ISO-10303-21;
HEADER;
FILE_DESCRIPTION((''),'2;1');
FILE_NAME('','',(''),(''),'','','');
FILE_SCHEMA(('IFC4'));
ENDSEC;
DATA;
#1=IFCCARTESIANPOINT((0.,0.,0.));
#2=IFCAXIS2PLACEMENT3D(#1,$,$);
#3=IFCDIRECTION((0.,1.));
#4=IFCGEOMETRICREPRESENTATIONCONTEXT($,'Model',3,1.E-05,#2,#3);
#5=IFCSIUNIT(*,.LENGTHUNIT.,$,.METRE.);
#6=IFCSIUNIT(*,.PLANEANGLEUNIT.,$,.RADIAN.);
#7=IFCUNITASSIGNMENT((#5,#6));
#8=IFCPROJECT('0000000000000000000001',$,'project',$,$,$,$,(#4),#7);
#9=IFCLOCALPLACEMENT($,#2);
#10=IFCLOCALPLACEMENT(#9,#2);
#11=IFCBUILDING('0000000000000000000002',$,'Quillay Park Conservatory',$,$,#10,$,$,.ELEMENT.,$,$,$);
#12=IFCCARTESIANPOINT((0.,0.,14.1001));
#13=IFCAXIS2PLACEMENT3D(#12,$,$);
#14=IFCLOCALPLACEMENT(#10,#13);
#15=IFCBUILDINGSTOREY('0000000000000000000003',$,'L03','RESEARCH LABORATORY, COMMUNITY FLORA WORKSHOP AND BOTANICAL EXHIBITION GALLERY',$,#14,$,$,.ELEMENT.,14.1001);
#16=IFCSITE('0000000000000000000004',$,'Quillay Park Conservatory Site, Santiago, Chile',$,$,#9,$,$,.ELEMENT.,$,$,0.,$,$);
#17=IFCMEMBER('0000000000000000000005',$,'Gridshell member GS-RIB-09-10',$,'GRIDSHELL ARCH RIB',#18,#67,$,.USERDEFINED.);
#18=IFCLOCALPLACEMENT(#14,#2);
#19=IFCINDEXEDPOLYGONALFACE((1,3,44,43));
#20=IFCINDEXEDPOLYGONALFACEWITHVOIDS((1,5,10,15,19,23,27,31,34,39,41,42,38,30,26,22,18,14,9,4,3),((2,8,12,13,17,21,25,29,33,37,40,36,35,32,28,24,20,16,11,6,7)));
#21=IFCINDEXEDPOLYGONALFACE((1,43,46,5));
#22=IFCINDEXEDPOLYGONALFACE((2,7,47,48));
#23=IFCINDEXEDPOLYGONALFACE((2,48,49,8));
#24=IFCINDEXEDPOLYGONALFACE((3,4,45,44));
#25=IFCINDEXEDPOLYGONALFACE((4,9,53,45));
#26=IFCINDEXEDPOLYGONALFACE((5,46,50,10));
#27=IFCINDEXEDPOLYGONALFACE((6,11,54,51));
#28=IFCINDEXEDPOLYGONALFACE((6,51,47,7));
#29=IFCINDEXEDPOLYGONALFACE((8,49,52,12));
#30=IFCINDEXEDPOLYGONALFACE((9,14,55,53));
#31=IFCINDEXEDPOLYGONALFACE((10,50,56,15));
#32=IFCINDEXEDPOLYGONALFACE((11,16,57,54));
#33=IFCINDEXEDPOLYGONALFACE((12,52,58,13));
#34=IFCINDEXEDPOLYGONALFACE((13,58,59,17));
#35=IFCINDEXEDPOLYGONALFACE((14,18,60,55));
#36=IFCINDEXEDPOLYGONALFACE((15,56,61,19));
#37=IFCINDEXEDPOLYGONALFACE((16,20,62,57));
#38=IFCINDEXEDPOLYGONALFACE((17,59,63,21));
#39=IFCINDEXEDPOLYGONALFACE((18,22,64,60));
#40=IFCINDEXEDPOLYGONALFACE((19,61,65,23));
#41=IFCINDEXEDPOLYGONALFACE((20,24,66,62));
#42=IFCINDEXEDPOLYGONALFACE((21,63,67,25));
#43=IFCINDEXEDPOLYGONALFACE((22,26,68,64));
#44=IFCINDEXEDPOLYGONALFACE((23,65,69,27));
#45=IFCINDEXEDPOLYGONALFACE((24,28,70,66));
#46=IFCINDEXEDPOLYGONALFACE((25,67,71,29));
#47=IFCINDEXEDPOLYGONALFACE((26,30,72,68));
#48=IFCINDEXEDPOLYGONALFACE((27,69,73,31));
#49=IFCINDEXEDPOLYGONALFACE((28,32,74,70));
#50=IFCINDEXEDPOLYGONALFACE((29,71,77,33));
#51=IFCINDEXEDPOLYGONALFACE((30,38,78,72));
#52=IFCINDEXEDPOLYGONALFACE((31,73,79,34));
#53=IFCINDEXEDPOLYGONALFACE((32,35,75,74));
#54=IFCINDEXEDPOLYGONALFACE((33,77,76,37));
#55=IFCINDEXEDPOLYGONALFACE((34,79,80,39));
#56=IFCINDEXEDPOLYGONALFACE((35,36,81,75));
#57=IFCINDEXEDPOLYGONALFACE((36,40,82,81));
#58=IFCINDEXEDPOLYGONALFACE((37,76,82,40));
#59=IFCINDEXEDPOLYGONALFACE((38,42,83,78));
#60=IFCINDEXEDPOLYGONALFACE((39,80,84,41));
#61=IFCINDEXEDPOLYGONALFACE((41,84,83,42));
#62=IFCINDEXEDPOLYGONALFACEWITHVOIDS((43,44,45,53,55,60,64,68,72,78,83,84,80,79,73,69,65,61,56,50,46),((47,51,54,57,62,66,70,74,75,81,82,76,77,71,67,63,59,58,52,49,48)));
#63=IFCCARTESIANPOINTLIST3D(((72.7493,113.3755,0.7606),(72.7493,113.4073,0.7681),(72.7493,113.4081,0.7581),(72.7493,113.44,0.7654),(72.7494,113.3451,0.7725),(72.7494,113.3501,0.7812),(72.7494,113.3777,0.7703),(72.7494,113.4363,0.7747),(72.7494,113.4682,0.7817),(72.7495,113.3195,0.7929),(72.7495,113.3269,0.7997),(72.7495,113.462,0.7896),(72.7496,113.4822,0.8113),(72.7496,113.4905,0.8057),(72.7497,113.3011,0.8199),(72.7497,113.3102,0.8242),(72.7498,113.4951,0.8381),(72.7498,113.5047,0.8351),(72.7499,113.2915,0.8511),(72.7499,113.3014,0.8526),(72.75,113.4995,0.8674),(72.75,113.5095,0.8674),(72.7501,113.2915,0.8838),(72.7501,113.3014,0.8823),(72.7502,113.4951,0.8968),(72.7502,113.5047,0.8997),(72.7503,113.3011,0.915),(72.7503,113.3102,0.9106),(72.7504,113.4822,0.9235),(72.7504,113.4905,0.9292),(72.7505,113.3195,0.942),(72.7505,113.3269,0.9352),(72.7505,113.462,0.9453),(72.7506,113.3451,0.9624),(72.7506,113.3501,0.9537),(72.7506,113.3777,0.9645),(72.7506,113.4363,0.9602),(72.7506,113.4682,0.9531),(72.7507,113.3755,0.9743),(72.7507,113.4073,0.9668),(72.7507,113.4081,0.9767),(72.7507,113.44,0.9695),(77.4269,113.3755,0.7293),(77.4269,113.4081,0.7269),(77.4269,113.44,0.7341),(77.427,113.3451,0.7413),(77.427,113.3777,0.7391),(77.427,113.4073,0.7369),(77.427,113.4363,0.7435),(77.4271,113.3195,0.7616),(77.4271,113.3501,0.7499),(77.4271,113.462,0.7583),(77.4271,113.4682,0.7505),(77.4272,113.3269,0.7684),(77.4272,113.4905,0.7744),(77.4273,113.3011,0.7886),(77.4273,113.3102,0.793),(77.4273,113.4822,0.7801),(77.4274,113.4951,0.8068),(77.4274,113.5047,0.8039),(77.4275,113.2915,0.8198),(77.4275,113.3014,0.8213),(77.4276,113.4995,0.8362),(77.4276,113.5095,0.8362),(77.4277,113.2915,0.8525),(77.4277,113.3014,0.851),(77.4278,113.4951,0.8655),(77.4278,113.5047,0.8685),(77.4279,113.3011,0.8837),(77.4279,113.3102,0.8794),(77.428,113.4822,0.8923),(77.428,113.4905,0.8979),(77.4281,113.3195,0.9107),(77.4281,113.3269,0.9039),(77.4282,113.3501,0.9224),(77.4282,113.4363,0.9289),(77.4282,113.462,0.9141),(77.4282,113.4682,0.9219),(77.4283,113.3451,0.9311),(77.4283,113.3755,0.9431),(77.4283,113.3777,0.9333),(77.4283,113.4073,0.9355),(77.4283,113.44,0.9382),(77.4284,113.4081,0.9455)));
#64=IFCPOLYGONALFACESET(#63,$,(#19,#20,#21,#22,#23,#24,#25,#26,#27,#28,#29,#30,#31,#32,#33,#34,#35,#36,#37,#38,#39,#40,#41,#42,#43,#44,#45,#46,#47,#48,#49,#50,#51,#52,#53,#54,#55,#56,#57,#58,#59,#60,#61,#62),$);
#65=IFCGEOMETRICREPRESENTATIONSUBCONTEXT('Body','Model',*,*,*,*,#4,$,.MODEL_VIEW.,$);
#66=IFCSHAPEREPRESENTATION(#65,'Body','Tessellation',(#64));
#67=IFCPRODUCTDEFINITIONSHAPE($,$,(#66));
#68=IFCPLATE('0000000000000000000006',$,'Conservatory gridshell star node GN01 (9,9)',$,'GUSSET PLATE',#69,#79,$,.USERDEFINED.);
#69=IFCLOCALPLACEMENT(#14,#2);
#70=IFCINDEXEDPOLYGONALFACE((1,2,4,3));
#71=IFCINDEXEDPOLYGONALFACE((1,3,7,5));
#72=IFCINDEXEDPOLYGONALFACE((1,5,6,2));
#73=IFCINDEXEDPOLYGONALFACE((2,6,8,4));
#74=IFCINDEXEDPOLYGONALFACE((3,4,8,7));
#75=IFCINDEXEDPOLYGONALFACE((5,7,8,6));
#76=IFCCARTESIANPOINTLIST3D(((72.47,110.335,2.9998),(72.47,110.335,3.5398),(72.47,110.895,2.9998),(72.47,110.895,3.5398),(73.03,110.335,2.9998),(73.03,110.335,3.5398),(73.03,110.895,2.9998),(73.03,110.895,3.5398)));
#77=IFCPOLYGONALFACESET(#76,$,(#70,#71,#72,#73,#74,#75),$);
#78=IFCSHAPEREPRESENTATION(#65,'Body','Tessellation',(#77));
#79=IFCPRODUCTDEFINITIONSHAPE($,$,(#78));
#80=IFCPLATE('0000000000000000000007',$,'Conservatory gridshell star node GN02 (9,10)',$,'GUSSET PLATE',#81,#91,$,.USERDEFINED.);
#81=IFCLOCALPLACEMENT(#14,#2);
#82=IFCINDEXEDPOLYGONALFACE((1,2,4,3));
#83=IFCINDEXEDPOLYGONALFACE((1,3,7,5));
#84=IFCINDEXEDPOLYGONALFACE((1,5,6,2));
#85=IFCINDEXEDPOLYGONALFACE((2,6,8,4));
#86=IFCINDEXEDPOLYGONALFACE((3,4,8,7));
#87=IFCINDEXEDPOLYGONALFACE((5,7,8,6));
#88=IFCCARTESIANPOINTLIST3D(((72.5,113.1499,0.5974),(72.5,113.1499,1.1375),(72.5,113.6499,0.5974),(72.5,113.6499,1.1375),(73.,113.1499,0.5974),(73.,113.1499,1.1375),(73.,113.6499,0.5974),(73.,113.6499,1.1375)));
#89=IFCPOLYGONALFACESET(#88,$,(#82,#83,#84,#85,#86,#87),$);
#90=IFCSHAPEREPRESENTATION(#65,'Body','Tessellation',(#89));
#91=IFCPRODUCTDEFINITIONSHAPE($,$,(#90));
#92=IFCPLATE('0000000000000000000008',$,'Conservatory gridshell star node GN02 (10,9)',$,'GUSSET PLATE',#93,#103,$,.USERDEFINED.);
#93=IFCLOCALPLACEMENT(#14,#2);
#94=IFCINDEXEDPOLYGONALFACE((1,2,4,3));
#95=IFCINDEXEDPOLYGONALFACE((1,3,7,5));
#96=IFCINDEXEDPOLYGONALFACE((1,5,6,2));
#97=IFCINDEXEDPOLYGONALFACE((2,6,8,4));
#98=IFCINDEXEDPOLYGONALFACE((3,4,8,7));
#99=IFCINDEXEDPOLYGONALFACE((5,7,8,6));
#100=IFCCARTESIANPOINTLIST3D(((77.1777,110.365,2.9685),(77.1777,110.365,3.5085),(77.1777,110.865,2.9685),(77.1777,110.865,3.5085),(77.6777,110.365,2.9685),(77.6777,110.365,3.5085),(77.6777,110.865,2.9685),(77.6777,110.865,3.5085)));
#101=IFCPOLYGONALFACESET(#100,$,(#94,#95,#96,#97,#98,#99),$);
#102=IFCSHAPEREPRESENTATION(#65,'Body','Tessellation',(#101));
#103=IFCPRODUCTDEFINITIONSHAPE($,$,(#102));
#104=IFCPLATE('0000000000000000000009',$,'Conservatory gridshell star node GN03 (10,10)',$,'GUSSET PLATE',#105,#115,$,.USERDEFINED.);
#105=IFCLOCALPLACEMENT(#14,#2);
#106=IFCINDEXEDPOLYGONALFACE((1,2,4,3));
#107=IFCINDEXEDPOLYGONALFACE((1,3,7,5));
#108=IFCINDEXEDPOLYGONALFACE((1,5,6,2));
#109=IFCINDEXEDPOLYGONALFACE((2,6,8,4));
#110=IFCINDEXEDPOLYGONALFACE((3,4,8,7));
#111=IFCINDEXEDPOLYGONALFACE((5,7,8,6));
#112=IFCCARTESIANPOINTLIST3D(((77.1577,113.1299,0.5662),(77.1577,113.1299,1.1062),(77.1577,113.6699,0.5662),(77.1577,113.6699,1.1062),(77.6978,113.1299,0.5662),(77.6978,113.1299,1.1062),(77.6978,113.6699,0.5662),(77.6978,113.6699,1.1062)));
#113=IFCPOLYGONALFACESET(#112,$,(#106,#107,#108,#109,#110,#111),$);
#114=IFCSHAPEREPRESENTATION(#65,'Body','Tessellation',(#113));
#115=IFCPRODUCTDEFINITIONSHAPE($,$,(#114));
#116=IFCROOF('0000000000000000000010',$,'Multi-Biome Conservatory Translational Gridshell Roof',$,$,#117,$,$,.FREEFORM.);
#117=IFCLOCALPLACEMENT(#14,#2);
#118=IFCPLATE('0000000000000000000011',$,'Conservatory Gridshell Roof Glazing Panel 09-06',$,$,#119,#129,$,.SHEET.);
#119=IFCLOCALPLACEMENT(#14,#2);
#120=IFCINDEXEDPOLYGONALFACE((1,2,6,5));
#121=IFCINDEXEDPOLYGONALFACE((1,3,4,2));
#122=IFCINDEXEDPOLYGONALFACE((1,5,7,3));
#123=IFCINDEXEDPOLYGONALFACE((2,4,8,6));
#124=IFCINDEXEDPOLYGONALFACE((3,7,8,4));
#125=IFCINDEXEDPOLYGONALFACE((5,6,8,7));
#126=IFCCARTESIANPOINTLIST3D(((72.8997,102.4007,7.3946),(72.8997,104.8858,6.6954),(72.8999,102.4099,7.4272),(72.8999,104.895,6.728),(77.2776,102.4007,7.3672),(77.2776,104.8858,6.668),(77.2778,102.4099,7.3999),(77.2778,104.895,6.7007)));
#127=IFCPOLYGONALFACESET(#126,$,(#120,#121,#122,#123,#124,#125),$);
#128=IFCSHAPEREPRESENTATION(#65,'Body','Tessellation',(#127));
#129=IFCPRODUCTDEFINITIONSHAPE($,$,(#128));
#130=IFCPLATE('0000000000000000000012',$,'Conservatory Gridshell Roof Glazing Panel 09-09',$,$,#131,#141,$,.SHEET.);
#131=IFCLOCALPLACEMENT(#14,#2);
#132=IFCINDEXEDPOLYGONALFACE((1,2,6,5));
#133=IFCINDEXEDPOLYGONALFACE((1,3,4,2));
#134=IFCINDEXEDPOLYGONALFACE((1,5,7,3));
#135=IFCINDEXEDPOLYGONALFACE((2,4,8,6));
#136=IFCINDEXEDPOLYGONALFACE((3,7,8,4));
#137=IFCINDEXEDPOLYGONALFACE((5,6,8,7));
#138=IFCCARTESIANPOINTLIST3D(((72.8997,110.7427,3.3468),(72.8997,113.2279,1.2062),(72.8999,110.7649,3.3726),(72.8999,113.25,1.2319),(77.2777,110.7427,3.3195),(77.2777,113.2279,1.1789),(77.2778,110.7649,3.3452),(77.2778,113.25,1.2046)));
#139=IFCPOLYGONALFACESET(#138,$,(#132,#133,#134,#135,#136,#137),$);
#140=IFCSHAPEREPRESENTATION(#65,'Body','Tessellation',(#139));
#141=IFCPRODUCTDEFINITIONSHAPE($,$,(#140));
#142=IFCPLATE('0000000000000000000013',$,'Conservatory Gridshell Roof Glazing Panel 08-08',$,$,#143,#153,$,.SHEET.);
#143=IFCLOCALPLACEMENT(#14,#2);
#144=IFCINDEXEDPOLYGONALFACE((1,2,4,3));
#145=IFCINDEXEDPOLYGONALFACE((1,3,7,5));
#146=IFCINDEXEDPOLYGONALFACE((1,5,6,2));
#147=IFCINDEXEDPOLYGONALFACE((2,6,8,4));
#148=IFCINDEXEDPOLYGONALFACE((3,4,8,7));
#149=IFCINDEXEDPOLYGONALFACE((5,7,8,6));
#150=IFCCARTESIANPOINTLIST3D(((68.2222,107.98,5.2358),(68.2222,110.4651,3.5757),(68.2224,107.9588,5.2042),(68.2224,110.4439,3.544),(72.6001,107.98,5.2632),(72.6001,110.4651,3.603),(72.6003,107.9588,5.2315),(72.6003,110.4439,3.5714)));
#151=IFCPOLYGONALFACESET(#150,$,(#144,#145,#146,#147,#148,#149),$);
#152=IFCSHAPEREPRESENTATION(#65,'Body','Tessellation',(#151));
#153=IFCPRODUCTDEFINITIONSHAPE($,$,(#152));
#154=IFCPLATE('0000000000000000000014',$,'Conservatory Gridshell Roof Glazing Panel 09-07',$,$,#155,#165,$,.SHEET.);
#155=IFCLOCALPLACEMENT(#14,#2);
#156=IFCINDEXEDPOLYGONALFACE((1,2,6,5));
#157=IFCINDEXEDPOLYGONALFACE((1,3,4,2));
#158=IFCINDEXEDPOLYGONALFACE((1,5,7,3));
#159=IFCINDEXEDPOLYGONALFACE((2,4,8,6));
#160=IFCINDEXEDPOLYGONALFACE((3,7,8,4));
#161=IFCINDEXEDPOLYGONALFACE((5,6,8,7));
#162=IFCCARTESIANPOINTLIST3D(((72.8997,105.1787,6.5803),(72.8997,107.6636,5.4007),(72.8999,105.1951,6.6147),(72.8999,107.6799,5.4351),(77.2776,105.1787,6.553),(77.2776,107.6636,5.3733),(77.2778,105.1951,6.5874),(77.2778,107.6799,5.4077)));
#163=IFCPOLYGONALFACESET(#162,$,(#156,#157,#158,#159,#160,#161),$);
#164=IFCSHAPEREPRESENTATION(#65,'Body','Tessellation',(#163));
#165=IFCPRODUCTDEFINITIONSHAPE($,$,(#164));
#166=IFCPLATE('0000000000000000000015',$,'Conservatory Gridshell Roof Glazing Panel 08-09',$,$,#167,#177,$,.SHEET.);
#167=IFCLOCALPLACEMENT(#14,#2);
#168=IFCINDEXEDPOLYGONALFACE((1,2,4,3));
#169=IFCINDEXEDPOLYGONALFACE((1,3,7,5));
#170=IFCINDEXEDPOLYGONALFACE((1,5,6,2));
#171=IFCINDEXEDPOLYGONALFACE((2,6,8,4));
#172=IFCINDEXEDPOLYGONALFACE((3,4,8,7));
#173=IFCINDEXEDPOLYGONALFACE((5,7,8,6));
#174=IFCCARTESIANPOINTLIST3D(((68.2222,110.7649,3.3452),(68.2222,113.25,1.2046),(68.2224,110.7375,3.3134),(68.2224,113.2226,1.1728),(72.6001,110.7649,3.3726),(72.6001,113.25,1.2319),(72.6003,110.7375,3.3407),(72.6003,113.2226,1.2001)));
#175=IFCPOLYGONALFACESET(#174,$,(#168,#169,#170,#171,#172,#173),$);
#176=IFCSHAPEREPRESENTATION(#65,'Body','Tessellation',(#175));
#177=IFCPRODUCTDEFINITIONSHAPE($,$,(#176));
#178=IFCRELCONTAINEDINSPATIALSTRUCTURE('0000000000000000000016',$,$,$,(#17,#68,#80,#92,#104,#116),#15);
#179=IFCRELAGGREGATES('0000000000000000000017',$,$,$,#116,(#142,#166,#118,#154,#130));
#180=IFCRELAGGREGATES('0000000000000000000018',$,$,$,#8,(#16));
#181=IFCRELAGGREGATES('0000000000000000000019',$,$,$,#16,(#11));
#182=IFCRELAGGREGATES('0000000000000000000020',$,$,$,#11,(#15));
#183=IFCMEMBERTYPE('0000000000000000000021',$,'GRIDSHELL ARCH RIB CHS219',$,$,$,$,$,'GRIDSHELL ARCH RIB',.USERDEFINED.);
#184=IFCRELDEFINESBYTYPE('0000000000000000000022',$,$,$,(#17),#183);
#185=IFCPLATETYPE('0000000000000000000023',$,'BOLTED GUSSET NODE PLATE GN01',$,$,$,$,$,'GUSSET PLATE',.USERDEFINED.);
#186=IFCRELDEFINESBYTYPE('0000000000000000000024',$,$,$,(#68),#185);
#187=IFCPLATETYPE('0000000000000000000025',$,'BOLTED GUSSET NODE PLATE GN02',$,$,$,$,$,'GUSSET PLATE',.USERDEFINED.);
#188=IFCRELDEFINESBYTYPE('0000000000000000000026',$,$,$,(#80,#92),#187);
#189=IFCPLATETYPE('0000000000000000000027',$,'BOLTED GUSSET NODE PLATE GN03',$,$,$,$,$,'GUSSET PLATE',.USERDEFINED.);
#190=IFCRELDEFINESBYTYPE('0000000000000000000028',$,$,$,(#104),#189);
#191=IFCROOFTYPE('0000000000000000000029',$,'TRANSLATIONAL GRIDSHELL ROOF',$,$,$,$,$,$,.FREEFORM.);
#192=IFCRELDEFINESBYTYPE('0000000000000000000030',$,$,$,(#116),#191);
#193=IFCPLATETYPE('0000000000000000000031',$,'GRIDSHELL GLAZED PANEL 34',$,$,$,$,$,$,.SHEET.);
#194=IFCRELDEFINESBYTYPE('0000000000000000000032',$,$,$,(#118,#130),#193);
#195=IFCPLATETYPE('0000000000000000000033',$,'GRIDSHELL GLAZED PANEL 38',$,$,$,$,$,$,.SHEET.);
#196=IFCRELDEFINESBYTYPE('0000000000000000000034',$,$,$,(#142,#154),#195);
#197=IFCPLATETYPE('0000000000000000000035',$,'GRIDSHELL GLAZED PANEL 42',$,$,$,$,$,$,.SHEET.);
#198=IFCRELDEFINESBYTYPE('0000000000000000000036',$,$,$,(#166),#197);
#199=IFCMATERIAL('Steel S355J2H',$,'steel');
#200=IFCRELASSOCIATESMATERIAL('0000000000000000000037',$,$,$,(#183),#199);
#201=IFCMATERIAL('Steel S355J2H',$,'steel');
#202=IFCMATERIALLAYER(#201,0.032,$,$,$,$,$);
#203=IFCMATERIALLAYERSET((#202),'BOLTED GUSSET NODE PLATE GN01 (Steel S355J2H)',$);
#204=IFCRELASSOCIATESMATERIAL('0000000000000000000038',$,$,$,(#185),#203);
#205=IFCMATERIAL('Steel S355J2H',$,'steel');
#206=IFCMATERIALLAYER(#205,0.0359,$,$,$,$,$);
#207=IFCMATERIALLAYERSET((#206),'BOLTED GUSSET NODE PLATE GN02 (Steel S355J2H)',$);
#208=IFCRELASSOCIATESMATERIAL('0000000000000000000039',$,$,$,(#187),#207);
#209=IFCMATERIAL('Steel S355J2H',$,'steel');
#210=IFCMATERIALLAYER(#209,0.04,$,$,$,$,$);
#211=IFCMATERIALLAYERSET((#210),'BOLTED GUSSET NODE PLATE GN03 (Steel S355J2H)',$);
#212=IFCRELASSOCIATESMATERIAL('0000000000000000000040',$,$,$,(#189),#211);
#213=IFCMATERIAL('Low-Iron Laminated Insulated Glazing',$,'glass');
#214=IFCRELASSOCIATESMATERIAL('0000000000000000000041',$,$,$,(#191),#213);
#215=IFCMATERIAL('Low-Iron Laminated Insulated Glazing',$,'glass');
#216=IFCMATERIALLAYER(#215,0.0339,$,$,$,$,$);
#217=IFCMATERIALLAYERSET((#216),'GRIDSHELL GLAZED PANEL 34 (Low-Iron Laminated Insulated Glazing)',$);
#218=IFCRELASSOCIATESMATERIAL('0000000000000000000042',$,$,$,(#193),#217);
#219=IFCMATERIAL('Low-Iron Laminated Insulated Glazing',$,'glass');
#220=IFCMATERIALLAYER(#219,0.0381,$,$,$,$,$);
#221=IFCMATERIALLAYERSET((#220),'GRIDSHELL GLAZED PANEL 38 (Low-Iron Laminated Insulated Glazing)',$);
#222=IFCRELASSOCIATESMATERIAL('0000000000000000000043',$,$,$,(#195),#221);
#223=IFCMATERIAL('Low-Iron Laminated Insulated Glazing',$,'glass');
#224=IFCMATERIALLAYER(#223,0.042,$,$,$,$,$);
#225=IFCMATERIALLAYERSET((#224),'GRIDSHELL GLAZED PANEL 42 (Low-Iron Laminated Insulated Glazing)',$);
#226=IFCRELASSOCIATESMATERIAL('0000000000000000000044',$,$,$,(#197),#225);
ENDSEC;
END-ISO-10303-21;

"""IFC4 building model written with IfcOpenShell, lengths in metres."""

from ifc_helpers import new_model, si_unit, direction, frame, origin, origin_2d, place, context, subcontext, project, spatial, polyline, rectangle, hollow_circle, outline, extrude, material, layer, layer_set, material_profile, profile_set, type_object, element, aggregate, save


model = new_model("IFC4")

# Units and contexts
model_context = context("Model", 3, precision=1e-05, world=origin(), true_north=direction((0.0, 1.0)))
body_context = subcontext(model_context, "Body", "Model", "MODEL_VIEW")
ifc_project = project(units=[si_unit("LENGTHUNIT", "METRE"), si_unit("PLANEANGLEUNIT", "RADIAN")], contexts=[model_context])

# Site, building, storey
site_placement = place(None, origin())
site = spatial("IfcSite", under=ifc_project, at=site_placement, Name="Quillay Park Conservatory Site, Santiago, Chile", CompositionType="ELEMENT", RefElevation=0.0)
building_placement = place(site_placement, origin())
building = spatial("IfcBuilding", under=site, at=building_placement, Name="Quillay Park Conservatory", CompositionType="ELEMENT")
storey_placement = place(building_placement, frame((0.0, 0.0, 14.1001)))
storey = spatial("IfcBuildingStorey", under=building, at=storey_placement, Name="L03", Description="RESEARCH LABORATORY, COMMUNITY FLORA WORKSHOP AND BOTANICAL EXHIBITION GALLERY", CompositionType="ELEMENT", Elevation=14.1001)

# Member
ifc_material_1 = material(Name="Steel S355J2H", Category="steel")
ifc_material_profile_1 = material_profile(ifc_material_1, hollow_circle(Radius=0.1096, WallThickness=0.01, at=origin_2d()), Name="CHS219.1x10")
ifc_profile_set_1 = profile_set([ifc_material_profile_1], Name="Steel S355J2H")
member_type = type_object("IfcMemberType", Name="GRIDSHELL ARCH RIB CHS219", ElementType="GRIDSHELL ARCH RIB", PredefinedType="USERDEFINED", material=ifc_profile_set_1)
member_1_placement = place(storey_placement, frame((72.75, 113.3999, 0.8674), z_axis=(0.999978, 0.0, -0.00668), x_axis=(0.0, 1.0, 0.0)))
element("IfcMember", 1, at=member_1_placement, inside=storey, type_object=member_type, Name="Gridshell member GS-RIB-09-10", ObjectType="GRIDSHELL ARCH RIB", PredefinedType="USERDEFINED", context=body_context, shape_type="SweptSolid", body=[
    extrude(hollow_circle(Radius=0.1096, WallThickness=0.01, at=origin_2d()), origin(), (0.0, 0.0, 1.0), 4.6777),
])

# Plates
ifc_material_2 = material(Name="Steel S355J2H", Category="steel")
ifc_layer_1 = layer(ifc_material_2, 0.032)
ifc_layer_set_1 = layer_set([ifc_layer_1], Name="BOLTED GUSSET NODE PLATE GN01 (Steel S355J2H)")
plate_type_1 = type_object("IfcPlateType", Name="BOLTED GUSSET NODE PLATE GN01", ElementType="GUSSET PLATE", PredefinedType="USERDEFINED", material=ifc_layer_set_1)
plate_1_placement = place(storey_placement, frame((72.75, 110.615, 2.9998), z_axis=(0.0, 0.0, 1.0), x_axis=(1.0, 0.0, 0.0)))
element("IfcPlate", 2, at=plate_1_placement, inside=storey, type_object=plate_type_1, Name="Conservatory gridshell star node GN01 (9,9)", ObjectType="GUSSET PLATE", PredefinedType="USERDEFINED", context=body_context, shape_type="SweptSolid", body=[
    extrude(rectangle(XDim=0.5601, YDim=0.5601, at=origin_2d()), origin(), (0.0, 0.0, 1.0), 0.54),
])
ifc_material_3 = material(Name="Steel S355J2H", Category="steel")
ifc_layer_2 = layer(ifc_material_3, 0.0359)
ifc_layer_set_2 = layer_set([ifc_layer_2], Name="BOLTED GUSSET NODE PLATE GN02 (Steel S355J2H)")
plate_type_2 = type_object("IfcPlateType", Name="BOLTED GUSSET NODE PLATE GN02", ElementType="GUSSET PLATE", PredefinedType="USERDEFINED", material=ifc_layer_set_2)
for number, where, z_axis, x_axis, name in (
    (3, (72.75, 113.3999, 0.5974), (0.0, 0.0, 1.0), (1.0, 0.0, 0.0), "Conservatory gridshell star node GN02 (9,10)"),
    (4, (77.4277, 110.615, 2.9685), (0.0, 0.0, 1.0), (1.0, 0.0, 0.0), "Conservatory gridshell star node GN02 (10,9)"),
):
    element("IfcPlate", number, at=place(storey_placement, frame(where, z_axis=z_axis, x_axis=x_axis)), inside=storey, type_object=plate_type_2, Name=name, ObjectType="GUSSET PLATE", PredefinedType="USERDEFINED", context=body_context, shape_type="SweptSolid", body=[
        extrude(rectangle(XDim=0.5, YDim=0.5, at=origin_2d()), origin(), (0.0, 0.0, 1.0), 0.54),
    ])
ifc_material_4 = material(Name="Steel S355J2H", Category="steel")
ifc_layer_3 = layer(ifc_material_4, 0.04)
ifc_layer_set_3 = layer_set([ifc_layer_3], Name="BOLTED GUSSET NODE PLATE GN03 (Steel S355J2H)")
plate_type_3 = type_object("IfcPlateType", Name="BOLTED GUSSET NODE PLATE GN03", ElementType="GUSSET PLATE", PredefinedType="USERDEFINED", material=ifc_layer_set_3)
plate_2_placement = place(storey_placement, frame((77.4277, 113.3999, 0.5662), z_axis=(0.0, 0.0, 1.0), x_axis=(1.0, 0.0, 0.0)))
element("IfcPlate", 5, at=plate_2_placement, inside=storey, type_object=plate_type_3, Name="Conservatory gridshell star node GN03 (10,10)", ObjectType="GUSSET PLATE", PredefinedType="USERDEFINED", context=body_context, shape_type="SweptSolid", body=[
    extrude(rectangle(XDim=0.54, YDim=0.54, at=origin_2d()), origin(), (0.0, 0.0, 1.0), 0.54),
])

# Roof, plates
ifc_material_5 = material(Name="Low-Iron Laminated Insulated Glazing", Category="glass")
roof_type = type_object("IfcRoofType", Name="TRANSLATIONAL GRIDSHELL ROOF", PredefinedType="FREEFORM", material=ifc_material_5)
roof_placement = place(storey_placement, origin())
roof = element("IfcRoof", 6, at=roof_placement, inside=storey, type_object=roof_type, Name="Multi-Biome Conservatory Translational Gridshell Roof", PredefinedType="FREEFORM")
ifc_material_6 = material(Name="Low-Iron Laminated Insulated Glazing", Category="glass")
ifc_layer_4 = layer(ifc_material_6, 0.0339)
ifc_layer_set_4 = layer_set([ifc_layer_4], Name="GRIDSHELL GLAZED PANEL 34 (Low-Iron Laminated Insulated Glazing)")
plate_type_4 = type_object("IfcPlateType", Name="GRIDSHELL GLAZED PANEL 34", PredefinedType="SHEET", material=ifc_layer_set_4)
plate_3_placement = place(storey_placement, frame((72.8999, 102.4099, 7.4272), z_axis=(0.006012, 0.270842, 0.962605), x_axis=(0.99998, 0.0, -0.006246)))
plate_3 = element("IfcPlate", 7, at=plate_3_placement, type_object=plate_type_4, Name="Conservatory Gridshell Roof Glazing Panel 09-06", PredefinedType="SHEET", context=body_context, shape_type="SweptSolid", body=[
    extrude(outline(polyline([(0.0, 0.0), (4.378, 0.0), (4.3824, 2.5816), (0.0044, 2.5816), (0.0, 0.0)])), origin(), (0.0, 0.0, -1.0), 0.0339),
])
plate_4_placement = place(storey_placement, frame((72.8999, 110.7649, 3.3726), z_axis=(0.004732, 0.652633, 0.757659), x_axis=(0.99998, 0.0, -0.006246)))
plate_4 = element("IfcPlate", 8, at=plate_4_placement, type_object=plate_type_4, Name="Conservatory Gridshell Roof Glazing Panel 09-09", PredefinedType="SHEET", context=body_context, shape_type="SweptSolid", body=[
    extrude(outline(polyline([(0.0, 0.0), (4.378, 0.0), (4.3914, 3.2799), (0.0134, 3.2799), (0.0, 0.0)])), origin(), (0.0, 0.0, -1.0), 0.0339),
])
ifc_material_7 = material(Name="Low-Iron Laminated Insulated Glazing", Category="glass")
ifc_layer_5 = layer(ifc_material_7, 0.0381)
ifc_layer_set_5 = layer_set([ifc_layer_5], Name="GRIDSHELL GLAZED PANEL 38 (Low-Iron Laminated Insulated Glazing)")
plate_type_5 = type_object("IfcPlateType", Name="GRIDSHELL GLAZED PANEL 38", PredefinedType="SHEET", material=ifc_layer_set_5)
plate_5_placement = place(storey_placement, frame((68.2222, 107.98, 5.2358), z_axis=(-0.005193, 0.555484, 0.831511), x_axis=(0.99998, 0.0, 0.006246)))
plate_5 = element("IfcPlate", 9, at=plate_5_placement, type_object=plate_type_5, Name="Conservatory Gridshell Roof Glazing Panel 08-08", PredefinedType="SHEET", context=body_context, shape_type="SweptSolid", body=[
    extrude(outline(polyline([(0.0, 0.0), (4.378, 0.0), (4.3676, 2.9886), (-0.0104, 2.9886), (0.0, 0.0)])), origin(), (0.0, 0.0, -1.0), 0.0381),
])
plate_6_placement = place(storey_placement, frame((72.8999, 105.1951, 6.6147), z_axis=(0.005642, 0.428865, 0.903351), x_axis=(0.99998, 0.0, -0.006246)))
plate_6 = element("IfcPlate", 10, at=plate_6_placement, type_object=plate_type_5, Name="Conservatory Gridshell Roof Glazing Panel 09-07", PredefinedType="SHEET", context=body_context, shape_type="SweptSolid", body=[
    extrude(outline(polyline([(0.0, 0.0), (4.378, 0.0), (4.3854, 2.7507), (0.0074, 2.7507), (0.0, 0.0)])), origin(), (0.0, 0.0, -1.0), 0.0381),
])
ifc_material_8 = material(Name="Low-Iron Laminated Insulated Glazing", Category="glass")
ifc_layer_6 = layer(ifc_material_8, 0.042)
ifc_layer_set_6 = layer_set([ifc_layer_6], Name="GRIDSHELL GLAZED PANEL 42 (Low-Iron Laminated Insulated Glazing)")
plate_type_6 = type_object("IfcPlateType", Name="GRIDSHELL GLAZED PANEL 42", PredefinedType="SHEET", material=ifc_layer_set_6)
plate_7_placement = place(storey_placement, frame((68.2222, 110.7649, 3.3452), z_axis=(-0.004732, 0.652633, 0.757659), x_axis=(0.99998, 0.0, 0.006246)))
plate_7 = element("IfcPlate", 11, at=plate_7_placement, type_object=plate_type_6, Name="Conservatory Gridshell Roof Glazing Panel 08-09", PredefinedType="SHEET", context=body_context, shape_type="SweptSolid", body=[
    extrude(outline(polyline([(0.0, 0.0), (4.378, 0.0), (4.3646, 3.2799), (-0.0134, 3.2799), (0.0, 0.0)])), origin(), (0.0, 0.0, -1.0), 0.042),
])
aggregate(roof, [plate_5, plate_7, plate_3, plate_6, plate_4])

save(model, "model.ifc")
